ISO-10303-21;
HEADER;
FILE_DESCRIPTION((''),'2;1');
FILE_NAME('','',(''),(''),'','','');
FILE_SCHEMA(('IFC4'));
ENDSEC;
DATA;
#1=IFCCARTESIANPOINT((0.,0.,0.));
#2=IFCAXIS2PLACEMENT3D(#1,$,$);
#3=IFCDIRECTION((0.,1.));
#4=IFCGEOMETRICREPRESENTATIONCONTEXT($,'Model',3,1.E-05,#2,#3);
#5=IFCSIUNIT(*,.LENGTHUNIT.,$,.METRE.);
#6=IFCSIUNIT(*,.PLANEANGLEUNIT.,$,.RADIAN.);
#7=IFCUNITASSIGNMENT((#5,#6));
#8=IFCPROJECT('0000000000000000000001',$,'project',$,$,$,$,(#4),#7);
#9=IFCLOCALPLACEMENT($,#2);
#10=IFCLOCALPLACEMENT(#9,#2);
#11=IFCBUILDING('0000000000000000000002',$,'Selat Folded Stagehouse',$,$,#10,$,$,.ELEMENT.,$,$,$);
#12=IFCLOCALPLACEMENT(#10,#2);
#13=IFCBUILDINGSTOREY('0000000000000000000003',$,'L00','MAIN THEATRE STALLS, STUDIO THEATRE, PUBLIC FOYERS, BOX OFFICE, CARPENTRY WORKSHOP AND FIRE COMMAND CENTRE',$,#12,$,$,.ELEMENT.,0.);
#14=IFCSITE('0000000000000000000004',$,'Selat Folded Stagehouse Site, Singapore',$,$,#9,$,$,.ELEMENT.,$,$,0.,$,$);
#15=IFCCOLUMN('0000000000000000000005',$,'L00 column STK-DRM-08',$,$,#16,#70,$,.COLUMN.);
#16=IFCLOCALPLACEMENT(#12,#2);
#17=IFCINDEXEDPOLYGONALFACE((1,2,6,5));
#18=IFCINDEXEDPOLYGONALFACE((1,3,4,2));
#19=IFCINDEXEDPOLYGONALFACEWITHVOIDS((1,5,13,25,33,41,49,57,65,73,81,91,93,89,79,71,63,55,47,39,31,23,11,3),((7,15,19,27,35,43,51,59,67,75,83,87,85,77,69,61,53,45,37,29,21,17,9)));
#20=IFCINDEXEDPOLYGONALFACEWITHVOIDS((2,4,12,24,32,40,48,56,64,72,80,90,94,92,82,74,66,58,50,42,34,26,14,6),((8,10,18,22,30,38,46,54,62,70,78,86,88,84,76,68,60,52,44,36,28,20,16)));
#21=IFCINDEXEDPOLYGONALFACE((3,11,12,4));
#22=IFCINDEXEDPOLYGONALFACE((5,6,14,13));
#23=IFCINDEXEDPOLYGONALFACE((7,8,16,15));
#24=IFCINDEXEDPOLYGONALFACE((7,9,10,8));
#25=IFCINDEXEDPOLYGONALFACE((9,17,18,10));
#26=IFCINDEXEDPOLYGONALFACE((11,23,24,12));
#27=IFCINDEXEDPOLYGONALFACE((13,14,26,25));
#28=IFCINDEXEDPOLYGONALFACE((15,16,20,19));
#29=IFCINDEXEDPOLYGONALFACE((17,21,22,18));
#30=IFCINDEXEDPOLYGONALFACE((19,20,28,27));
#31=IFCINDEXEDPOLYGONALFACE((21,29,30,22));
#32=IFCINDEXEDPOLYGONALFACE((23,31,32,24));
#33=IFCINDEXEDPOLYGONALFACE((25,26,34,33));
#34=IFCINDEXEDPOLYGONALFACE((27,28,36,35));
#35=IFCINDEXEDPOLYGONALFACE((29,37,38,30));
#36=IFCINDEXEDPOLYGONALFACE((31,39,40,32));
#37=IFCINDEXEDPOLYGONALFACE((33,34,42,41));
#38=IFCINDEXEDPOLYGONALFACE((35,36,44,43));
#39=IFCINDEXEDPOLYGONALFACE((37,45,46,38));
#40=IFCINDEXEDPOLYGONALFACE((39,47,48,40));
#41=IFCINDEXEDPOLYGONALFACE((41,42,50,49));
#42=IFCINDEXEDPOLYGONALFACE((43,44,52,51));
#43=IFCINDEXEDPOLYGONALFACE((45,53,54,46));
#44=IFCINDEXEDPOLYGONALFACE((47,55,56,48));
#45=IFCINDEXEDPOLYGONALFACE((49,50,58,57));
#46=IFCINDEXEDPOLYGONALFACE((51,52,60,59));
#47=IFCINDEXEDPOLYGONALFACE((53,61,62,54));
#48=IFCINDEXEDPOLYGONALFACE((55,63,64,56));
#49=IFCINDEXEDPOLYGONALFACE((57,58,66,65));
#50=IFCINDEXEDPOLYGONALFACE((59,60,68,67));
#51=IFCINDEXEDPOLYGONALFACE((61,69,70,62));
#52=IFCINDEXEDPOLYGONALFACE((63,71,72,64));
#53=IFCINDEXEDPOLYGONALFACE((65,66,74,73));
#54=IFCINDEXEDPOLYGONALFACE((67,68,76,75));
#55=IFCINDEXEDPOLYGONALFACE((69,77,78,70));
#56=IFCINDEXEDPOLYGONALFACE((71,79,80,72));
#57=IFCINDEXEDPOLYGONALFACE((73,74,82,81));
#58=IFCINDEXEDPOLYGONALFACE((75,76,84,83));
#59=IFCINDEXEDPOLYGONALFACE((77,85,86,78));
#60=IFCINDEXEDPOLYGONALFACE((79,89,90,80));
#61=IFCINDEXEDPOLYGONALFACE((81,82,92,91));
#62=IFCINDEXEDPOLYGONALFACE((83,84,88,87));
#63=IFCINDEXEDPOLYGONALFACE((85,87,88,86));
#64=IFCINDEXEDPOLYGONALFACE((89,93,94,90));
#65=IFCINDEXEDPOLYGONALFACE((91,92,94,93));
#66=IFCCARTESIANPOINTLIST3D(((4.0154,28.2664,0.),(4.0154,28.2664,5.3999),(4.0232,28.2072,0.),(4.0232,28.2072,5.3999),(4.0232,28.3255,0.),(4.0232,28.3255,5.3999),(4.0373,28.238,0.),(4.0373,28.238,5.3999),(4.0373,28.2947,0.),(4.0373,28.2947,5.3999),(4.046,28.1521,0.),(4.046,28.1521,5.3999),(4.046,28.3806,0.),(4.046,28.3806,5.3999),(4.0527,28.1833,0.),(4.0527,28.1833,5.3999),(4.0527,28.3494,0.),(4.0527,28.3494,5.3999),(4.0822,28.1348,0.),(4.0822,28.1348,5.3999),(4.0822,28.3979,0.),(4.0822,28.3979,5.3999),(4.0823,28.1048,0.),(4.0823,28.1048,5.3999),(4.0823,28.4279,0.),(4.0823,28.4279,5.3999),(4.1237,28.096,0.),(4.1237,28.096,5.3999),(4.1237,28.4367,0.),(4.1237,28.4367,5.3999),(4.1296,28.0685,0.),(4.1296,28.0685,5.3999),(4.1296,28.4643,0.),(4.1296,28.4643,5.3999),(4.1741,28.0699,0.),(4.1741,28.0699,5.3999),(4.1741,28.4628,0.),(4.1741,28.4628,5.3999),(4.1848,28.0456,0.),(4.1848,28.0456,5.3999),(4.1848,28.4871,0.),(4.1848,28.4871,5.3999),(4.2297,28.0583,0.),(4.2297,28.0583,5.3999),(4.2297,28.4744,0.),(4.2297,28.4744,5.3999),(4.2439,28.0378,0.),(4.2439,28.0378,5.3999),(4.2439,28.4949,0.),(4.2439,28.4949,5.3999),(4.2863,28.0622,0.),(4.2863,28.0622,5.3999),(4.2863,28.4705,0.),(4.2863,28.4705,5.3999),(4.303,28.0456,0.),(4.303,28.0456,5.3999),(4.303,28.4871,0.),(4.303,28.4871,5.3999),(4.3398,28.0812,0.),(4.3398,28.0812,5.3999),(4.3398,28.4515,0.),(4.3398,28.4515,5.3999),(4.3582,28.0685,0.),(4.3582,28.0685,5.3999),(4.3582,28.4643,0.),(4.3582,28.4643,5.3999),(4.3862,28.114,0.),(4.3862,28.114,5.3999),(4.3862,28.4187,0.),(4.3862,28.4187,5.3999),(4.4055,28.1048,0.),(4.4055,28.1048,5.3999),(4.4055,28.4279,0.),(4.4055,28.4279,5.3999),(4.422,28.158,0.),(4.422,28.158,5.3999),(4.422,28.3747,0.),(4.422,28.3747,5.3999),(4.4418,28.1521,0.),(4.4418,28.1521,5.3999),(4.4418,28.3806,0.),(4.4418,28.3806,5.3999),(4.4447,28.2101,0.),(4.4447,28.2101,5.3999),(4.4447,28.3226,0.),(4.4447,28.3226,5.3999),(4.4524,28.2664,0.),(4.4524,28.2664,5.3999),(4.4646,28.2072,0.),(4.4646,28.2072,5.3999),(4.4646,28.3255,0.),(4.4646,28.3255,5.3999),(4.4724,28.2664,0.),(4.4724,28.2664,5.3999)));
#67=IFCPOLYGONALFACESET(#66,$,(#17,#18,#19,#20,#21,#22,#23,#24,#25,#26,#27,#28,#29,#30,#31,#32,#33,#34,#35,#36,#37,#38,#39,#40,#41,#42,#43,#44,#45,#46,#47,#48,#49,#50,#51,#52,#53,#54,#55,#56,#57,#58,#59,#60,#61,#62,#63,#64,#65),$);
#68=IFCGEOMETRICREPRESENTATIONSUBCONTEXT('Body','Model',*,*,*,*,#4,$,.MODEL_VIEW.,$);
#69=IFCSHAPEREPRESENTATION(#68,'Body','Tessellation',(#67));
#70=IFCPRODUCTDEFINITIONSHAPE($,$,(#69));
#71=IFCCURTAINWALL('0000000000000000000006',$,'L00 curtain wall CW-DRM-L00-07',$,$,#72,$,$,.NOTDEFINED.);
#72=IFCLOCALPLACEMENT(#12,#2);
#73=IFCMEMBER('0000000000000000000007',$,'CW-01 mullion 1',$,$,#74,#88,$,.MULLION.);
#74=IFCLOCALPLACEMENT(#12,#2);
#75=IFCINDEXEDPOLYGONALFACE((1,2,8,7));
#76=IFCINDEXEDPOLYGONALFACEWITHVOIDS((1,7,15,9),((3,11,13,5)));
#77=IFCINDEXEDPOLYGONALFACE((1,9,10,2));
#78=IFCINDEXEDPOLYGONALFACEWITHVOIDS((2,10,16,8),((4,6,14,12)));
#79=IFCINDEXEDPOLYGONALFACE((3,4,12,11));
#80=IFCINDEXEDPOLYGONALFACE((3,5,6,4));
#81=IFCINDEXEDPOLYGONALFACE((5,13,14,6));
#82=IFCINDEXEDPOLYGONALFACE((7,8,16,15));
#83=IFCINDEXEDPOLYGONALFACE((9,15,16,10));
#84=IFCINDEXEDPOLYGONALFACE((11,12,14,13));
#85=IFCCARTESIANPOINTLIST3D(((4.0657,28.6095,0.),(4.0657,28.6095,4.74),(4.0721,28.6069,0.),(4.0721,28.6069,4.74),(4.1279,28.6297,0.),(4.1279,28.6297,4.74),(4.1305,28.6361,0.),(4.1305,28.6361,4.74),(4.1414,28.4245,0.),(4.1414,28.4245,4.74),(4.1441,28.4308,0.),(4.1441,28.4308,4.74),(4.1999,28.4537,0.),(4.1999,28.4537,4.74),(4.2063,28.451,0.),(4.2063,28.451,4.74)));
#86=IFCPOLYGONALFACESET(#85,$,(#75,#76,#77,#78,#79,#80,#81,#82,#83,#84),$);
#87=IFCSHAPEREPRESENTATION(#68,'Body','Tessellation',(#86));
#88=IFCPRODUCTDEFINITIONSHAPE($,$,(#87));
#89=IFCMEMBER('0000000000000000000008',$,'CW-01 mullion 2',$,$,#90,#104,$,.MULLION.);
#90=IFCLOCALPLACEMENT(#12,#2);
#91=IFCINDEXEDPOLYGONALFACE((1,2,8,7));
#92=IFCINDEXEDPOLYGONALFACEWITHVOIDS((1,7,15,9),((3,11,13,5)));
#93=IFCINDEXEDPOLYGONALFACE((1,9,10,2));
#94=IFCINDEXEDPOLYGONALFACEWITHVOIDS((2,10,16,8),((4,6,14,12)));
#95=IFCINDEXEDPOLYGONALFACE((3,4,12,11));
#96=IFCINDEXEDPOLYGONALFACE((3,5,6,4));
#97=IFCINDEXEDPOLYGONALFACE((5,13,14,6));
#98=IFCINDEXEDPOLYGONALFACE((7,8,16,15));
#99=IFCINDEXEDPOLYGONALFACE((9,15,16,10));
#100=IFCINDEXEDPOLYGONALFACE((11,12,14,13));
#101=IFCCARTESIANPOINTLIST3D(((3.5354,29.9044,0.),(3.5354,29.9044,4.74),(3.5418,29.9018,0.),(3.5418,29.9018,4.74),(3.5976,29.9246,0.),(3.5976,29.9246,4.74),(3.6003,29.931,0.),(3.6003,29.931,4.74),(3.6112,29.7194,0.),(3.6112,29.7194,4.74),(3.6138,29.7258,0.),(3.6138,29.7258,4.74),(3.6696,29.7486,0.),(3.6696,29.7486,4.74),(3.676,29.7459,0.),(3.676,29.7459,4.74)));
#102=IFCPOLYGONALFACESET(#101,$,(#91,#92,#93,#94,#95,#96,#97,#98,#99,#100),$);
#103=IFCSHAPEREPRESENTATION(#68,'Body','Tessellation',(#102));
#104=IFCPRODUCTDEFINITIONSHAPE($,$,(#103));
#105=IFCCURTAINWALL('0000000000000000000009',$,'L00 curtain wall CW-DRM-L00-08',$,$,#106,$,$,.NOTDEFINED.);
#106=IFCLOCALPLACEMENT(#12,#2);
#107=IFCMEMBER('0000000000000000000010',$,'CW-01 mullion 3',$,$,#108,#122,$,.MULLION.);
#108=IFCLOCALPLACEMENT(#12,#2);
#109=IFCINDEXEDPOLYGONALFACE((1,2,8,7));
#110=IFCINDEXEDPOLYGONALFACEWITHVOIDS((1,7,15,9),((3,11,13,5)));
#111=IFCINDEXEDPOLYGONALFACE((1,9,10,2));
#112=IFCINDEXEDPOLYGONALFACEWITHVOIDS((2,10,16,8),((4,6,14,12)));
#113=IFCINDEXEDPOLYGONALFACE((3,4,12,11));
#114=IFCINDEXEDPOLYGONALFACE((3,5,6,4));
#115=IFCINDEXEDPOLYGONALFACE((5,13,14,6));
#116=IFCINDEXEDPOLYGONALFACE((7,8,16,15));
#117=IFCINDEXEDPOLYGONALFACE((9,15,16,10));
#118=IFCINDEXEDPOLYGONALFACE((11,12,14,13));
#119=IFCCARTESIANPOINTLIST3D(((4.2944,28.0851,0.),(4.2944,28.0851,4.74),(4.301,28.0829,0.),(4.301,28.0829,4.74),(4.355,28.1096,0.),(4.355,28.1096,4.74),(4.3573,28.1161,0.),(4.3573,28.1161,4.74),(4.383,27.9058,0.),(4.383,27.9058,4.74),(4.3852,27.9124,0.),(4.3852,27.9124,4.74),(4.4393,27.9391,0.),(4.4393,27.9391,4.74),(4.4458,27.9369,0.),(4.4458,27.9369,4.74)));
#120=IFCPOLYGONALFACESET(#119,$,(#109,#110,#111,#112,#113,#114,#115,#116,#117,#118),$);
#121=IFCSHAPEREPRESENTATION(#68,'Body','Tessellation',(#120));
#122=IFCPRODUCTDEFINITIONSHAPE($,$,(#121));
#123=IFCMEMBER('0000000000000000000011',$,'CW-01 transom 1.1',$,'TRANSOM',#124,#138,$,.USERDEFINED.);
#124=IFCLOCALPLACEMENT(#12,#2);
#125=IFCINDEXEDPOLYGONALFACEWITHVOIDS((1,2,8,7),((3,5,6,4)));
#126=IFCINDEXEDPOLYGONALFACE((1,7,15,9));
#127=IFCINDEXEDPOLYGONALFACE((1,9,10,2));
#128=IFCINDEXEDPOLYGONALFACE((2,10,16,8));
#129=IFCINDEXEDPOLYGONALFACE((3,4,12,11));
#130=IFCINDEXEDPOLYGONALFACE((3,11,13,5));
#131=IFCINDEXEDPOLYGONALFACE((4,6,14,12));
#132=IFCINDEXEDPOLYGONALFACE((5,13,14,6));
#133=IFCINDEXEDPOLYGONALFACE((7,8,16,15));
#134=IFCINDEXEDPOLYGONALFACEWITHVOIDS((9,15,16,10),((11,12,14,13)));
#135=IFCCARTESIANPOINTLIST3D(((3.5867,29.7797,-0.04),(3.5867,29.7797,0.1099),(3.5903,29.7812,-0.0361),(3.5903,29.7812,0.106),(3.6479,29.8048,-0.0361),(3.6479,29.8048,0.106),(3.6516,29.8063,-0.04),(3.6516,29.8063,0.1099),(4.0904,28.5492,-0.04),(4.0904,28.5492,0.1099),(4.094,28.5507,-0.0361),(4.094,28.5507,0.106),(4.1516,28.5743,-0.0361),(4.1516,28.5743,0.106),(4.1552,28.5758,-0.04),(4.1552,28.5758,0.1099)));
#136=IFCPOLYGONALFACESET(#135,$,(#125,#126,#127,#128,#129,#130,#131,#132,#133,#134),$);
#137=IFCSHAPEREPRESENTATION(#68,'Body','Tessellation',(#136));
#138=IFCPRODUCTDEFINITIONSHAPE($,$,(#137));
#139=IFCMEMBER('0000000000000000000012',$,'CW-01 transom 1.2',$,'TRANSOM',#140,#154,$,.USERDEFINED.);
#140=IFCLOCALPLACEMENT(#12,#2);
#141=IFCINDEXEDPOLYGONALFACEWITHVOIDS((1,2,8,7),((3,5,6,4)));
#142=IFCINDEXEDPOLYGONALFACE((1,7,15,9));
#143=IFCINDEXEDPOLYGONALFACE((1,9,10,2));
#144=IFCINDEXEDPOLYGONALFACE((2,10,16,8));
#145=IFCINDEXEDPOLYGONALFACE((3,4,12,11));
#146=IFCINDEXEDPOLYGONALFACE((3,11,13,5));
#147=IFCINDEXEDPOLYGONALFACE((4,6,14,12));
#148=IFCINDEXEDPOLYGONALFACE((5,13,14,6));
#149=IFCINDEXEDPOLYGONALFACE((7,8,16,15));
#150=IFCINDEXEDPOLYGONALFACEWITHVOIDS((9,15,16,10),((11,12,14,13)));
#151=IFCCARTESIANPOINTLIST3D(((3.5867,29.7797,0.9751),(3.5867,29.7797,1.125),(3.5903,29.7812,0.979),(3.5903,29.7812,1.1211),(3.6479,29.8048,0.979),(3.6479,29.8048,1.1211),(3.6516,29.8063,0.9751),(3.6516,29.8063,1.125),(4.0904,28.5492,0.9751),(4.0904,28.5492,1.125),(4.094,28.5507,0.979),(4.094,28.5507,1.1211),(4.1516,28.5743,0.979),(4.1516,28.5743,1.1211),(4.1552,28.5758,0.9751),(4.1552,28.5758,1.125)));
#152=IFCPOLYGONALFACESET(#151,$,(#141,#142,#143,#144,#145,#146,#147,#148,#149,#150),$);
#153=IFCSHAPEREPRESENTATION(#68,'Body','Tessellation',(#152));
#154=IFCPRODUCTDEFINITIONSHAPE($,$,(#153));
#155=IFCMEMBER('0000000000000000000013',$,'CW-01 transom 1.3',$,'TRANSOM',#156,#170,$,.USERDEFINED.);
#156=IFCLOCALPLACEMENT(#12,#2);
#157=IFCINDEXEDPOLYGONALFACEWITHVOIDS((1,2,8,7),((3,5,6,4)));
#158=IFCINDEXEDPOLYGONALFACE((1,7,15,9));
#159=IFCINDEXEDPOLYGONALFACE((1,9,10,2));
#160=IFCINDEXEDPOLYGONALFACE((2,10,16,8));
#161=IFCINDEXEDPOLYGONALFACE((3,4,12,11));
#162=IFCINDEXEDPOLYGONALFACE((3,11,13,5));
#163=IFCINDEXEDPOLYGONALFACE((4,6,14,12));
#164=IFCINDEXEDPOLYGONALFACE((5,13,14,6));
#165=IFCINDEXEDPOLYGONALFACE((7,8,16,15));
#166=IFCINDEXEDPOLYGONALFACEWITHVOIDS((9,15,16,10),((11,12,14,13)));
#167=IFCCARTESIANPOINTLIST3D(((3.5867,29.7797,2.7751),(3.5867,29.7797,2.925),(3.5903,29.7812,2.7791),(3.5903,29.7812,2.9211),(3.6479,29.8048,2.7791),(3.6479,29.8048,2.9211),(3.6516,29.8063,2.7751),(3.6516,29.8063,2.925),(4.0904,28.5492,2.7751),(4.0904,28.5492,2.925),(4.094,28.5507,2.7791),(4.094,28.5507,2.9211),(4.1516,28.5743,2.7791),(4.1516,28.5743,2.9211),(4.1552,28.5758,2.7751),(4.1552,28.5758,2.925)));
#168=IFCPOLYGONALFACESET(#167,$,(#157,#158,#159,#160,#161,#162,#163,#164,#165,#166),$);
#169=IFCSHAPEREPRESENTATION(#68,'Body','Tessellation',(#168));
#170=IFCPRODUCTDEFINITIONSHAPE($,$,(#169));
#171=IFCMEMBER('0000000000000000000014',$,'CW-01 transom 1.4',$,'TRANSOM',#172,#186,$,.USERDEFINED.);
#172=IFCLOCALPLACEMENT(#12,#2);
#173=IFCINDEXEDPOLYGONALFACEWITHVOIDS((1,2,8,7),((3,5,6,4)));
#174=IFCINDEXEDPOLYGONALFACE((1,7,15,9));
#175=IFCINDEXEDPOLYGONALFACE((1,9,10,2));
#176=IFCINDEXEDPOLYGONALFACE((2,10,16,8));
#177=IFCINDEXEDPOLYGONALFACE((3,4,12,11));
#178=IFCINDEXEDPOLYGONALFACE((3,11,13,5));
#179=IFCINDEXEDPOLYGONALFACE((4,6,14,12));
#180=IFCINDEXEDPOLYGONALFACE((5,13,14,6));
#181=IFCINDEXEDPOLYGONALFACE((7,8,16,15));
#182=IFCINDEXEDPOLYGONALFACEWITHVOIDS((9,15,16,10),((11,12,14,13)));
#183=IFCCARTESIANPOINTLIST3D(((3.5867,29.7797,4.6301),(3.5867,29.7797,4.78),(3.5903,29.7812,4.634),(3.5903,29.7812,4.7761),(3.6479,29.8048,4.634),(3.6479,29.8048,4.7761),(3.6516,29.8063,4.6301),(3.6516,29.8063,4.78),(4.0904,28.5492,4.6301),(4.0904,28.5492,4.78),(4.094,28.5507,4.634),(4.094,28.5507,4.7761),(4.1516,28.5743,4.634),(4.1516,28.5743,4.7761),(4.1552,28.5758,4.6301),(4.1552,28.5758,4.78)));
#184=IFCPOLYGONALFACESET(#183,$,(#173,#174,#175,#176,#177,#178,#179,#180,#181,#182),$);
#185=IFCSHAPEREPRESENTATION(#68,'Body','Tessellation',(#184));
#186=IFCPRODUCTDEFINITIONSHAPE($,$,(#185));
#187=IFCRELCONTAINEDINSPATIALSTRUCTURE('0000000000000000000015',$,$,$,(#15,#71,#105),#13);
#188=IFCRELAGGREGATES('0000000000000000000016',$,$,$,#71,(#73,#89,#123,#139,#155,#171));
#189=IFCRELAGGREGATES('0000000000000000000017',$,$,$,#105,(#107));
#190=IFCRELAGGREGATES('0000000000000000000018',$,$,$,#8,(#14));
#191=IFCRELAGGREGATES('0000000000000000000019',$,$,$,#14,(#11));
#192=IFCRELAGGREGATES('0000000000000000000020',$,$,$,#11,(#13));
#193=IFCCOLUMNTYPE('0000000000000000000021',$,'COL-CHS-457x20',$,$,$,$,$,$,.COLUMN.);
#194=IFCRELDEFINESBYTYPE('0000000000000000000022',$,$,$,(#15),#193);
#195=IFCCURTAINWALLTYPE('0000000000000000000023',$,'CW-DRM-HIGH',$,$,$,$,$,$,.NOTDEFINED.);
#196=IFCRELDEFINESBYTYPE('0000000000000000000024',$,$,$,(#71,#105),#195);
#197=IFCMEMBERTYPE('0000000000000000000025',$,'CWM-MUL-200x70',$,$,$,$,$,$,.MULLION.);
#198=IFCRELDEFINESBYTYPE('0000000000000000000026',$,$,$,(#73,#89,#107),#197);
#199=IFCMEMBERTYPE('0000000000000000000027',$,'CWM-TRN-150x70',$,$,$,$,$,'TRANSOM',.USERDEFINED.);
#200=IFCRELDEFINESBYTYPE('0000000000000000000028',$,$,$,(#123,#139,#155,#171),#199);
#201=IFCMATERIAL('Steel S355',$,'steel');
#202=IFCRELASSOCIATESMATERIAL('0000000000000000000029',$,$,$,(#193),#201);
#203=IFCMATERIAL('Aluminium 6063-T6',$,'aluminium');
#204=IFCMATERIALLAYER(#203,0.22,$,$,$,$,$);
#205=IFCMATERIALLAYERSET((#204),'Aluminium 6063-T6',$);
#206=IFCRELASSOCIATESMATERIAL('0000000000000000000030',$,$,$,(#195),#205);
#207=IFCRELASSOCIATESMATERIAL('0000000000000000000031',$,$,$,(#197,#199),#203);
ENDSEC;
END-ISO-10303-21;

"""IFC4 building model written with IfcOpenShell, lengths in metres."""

from ifc_helpers import new_model, si_unit, direction, frame, origin, origin_2d, place, context, subcontext, project, spatial, hollow_rectangle, hollow_circle, extrude, material, layer, layer_set, material_profile, profile_set, type_object, element, aggregate, save


model = new_model("IFC4")

# Units and contexts
model_context = context("Model", 3, precision=1e-05, world=origin(), true_north=direction((0.0, 1.0)))
body_context = subcontext(model_context, "Body", "Model", "MODEL_VIEW")
ifc_project = project(units=[si_unit("LENGTHUNIT", "METRE"), si_unit("PLANEANGLEUNIT", "RADIAN")], contexts=[model_context])

# Site, building, storey
site_placement = place(None, origin())
site = spatial("IfcSite", under=ifc_project, at=site_placement, Name="Selat Folded Stagehouse Site, Singapore", CompositionType="ELEMENT", RefElevation=0.0)
building_placement = place(site_placement, origin())
building = spatial("IfcBuilding", under=site, at=building_placement, Name="Selat Folded Stagehouse", CompositionType="ELEMENT")
storey_placement = place(building_placement, origin())
storey = spatial("IfcBuildingStorey", under=building, at=storey_placement, Name="L00", Description="MAIN THEATRE STALLS, STUDIO THEATRE, PUBLIC FOYERS, BOX OFFICE, CARPENTRY WORKSHOP AND FIRE COMMAND CENTRE", CompositionType="ELEMENT", Elevation=0.0)

# Column
ifc_material_1 = material(Name="Steel S355", Category="steel")
ifc_material_profile_1 = material_profile(ifc_material_1, hollow_circle(Radius=0.2285, WallThickness=0.02, at=origin_2d()), Name="CHS 457.0x20.0")
ifc_profile_set_1 = profile_set([ifc_material_profile_1], Name="Steel S355")
column_type = type_object("IfcColumnType", Name="COL-CHS-457x20", PredefinedType="COLUMN", material=ifc_profile_set_1)
column_placement = place(storey_placement, frame((4.2439, 28.2664, 0.0), z_axis=(0.0, 0.0, 1.0), x_axis=(1.0, 0.0, 0.0)))
element("IfcColumn", 1, at=column_placement, inside=storey, type_object=column_type, Name="L00 column STK-DRM-08", PredefinedType="COLUMN", context=body_context, shape_type="SweptSolid", body=[
    extrude(hollow_circle(Radius=0.2285, WallThickness=0.02, at=origin_2d()), origin(), (0.0, 0.0, 1.0), 5.3999),
])

# Curtain wall, members
ifc_material_2 = material(Name="Aluminium 6063-T6", Category="aluminium")
ifc_layer_1 = layer(ifc_material_2, 0.22)
ifc_layer_set_1 = layer_set([ifc_layer_1], Name="Aluminium 6063-T6")
curtain_wall_type = type_object("IfcCurtainWallType", Name="CW-DRM-HIGH", PredefinedType="NOTDEFINED", material=ifc_layer_set_1)
curtain_wall_1_placement = place(storey_placement, origin())
curtain_wall_1 = element("IfcCurtainWall", 2, at=curtain_wall_1_placement, inside=storey, type_object=curtain_wall_type, Name="L00 curtain wall CW-DRM-L00-07", PredefinedType="NOTDEFINED")
ifc_material_profile_2 = material_profile(ifc_material_2, hollow_rectangle(XDim=0.0701, YDim=0.2, WallThickness=0.0049, at=origin_2d()), Name="ALU 200x70x5.0")
ifc_profile_set_2 = profile_set([ifc_material_profile_2], Name="Aluminium 6063-T6")
member_type_1 = type_object("IfcMemberType", Name="CWM-MUL-200x70", PredefinedType="MULLION", material=ifc_profile_set_2)
member_1_placement = place(storey_placement, frame((4.136, 28.5303, 0.0), z_axis=(0.0, 0.0, 1.0), x_axis=(-0.925441, -0.378891, 0.0)))
member_1 = element("IfcMember", 3, at=member_1_placement, type_object=member_type_1, Name="CW-01 mullion 1", PredefinedType="MULLION", context=body_context, shape_type="SweptSolid", body=[
    extrude(hollow_rectangle(XDim=0.0701, YDim=0.2, WallThickness=0.0049, at=origin_2d()), origin(), (0.0, 0.0, 1.0), 4.74),
])
member_2_placement = place(storey_placement, frame((3.6057, 29.8252, 0.0), z_axis=(0.0, 0.0, 1.0), x_axis=(-0.925441, -0.378891, 0.0)))
member_2 = element("IfcMember", 4, at=member_2_placement, type_object=member_type_1, Name="CW-01 mullion 2", PredefinedType="MULLION", context=body_context, shape_type="SweptSolid", body=[
    extrude(hollow_rectangle(XDim=0.0701, YDim=0.2, WallThickness=0.0049, at=origin_2d()), origin(), (0.0, 0.0, 1.0), 4.74),
])

# Curtain wall, member
curtain_wall_2_placement = place(storey_placement, origin())
curtain_wall_2 = element("IfcCurtainWall", 5, at=curtain_wall_2_placement, inside=storey, type_object=curtain_wall_type, Name="L00 curtain wall CW-DRM-L00-08", PredefinedType="NOTDEFINED")
member_3_placement = place(storey_placement, frame((4.3701, 28.011, 0.0), z_axis=(0.0, 0.0, 1.0), x_axis=(-0.896598, -0.442845, 0.0)))
member_3 = element("IfcMember", 6, at=member_3_placement, type_object=member_type_1, Name="CW-01 mullion 3", PredefinedType="MULLION", context=body_context, shape_type="SweptSolid", body=[
    extrude(hollow_rectangle(XDim=0.0701, YDim=0.2, WallThickness=0.0049, at=origin_2d()), origin(), (0.0, 0.0, 1.0), 4.74),
])

# Members
ifc_material_profile_3 = material_profile(ifc_material_2, hollow_rectangle(XDim=0.0701, YDim=0.1499, WallThickness=0.0039, at=origin_2d()), Name="ALU 150x70x4.0")
ifc_profile_set_3 = profile_set([ifc_material_profile_3], Name="Aluminium 6063-T6")
member_type_2 = type_object("IfcMemberType", Name="CWM-TRN-150x70", ElementType="TRANSOM", PredefinedType="USERDEFINED", material=ifc_profile_set_3)
member_4_placement = place(storey_placement, frame((4.1228, 28.5625, 0.0349), z_axis=(-0.378819, 0.925471, 0.0), x_axis=(-0.925471, -0.378819, 0.0)))
member_4 = element("IfcMember", 7, at=member_4_placement, type_object=member_type_2, Name="CW-01 transom 1.1", ObjectType="TRANSOM", PredefinedType="USERDEFINED", context=body_context, shape_type="SweptSolid", body=[
    extrude(hollow_rectangle(XDim=0.0701, YDim=0.1499, WallThickness=0.0039, at=origin_2d()), origin(), (0.0, 0.0, 1.0), 1.3296),
])
member_5_placement = place(storey_placement, frame((4.1228, 28.5625, 1.05), z_axis=(-0.378819, 0.925471, 0.0), x_axis=(-0.925471, -0.378819, 0.0)))
member_5 = element("IfcMember", 8, at=member_5_placement, type_object=member_type_2, Name="CW-01 transom 1.2", ObjectType="TRANSOM", PredefinedType="USERDEFINED", context=body_context, shape_type="SweptSolid", body=[
    extrude(hollow_rectangle(XDim=0.0701, YDim=0.1499, WallThickness=0.0039, at=origin_2d()), origin(), (0.0, 0.0, 1.0), 1.3296),
])
member_6_placement = place(storey_placement, frame((4.1228, 28.5625, 2.8501), z_axis=(-0.378819, 0.925471, 0.0), x_axis=(-0.925471, -0.378819, 0.0)))
member_6 = element("IfcMember", 9, at=member_6_placement, type_object=member_type_2, Name="CW-01 transom 1.3", ObjectType="TRANSOM", PredefinedType="USERDEFINED", context=body_context, shape_type="SweptSolid", body=[
    extrude(hollow_rectangle(XDim=0.0701, YDim=0.1499, WallThickness=0.0039, at=origin_2d()), origin(), (0.0, 0.0, 1.0), 1.3296),
])
member_7_placement = place(storey_placement, frame((4.1228, 28.5625, 4.7051), z_axis=(-0.378819, 0.925471, 0.0), x_axis=(-0.925471, -0.378819, 0.0)))
member_7 = element("IfcMember", 10, at=member_7_placement, type_object=member_type_2, Name="CW-01 transom 1.4", ObjectType="TRANSOM", PredefinedType="USERDEFINED", context=body_context, shape_type="SweptSolid", body=[
    extrude(hollow_rectangle(XDim=0.0701, YDim=0.1499, WallThickness=0.0039, at=origin_2d()), origin(), (0.0, 0.0, 1.0), 1.3296),
])

aggregate(curtain_wall_1, [member_1, member_2, member_4, member_5, member_6, member_7])
aggregate(curtain_wall_2, [member_3])

save(model, "model.ifc")
